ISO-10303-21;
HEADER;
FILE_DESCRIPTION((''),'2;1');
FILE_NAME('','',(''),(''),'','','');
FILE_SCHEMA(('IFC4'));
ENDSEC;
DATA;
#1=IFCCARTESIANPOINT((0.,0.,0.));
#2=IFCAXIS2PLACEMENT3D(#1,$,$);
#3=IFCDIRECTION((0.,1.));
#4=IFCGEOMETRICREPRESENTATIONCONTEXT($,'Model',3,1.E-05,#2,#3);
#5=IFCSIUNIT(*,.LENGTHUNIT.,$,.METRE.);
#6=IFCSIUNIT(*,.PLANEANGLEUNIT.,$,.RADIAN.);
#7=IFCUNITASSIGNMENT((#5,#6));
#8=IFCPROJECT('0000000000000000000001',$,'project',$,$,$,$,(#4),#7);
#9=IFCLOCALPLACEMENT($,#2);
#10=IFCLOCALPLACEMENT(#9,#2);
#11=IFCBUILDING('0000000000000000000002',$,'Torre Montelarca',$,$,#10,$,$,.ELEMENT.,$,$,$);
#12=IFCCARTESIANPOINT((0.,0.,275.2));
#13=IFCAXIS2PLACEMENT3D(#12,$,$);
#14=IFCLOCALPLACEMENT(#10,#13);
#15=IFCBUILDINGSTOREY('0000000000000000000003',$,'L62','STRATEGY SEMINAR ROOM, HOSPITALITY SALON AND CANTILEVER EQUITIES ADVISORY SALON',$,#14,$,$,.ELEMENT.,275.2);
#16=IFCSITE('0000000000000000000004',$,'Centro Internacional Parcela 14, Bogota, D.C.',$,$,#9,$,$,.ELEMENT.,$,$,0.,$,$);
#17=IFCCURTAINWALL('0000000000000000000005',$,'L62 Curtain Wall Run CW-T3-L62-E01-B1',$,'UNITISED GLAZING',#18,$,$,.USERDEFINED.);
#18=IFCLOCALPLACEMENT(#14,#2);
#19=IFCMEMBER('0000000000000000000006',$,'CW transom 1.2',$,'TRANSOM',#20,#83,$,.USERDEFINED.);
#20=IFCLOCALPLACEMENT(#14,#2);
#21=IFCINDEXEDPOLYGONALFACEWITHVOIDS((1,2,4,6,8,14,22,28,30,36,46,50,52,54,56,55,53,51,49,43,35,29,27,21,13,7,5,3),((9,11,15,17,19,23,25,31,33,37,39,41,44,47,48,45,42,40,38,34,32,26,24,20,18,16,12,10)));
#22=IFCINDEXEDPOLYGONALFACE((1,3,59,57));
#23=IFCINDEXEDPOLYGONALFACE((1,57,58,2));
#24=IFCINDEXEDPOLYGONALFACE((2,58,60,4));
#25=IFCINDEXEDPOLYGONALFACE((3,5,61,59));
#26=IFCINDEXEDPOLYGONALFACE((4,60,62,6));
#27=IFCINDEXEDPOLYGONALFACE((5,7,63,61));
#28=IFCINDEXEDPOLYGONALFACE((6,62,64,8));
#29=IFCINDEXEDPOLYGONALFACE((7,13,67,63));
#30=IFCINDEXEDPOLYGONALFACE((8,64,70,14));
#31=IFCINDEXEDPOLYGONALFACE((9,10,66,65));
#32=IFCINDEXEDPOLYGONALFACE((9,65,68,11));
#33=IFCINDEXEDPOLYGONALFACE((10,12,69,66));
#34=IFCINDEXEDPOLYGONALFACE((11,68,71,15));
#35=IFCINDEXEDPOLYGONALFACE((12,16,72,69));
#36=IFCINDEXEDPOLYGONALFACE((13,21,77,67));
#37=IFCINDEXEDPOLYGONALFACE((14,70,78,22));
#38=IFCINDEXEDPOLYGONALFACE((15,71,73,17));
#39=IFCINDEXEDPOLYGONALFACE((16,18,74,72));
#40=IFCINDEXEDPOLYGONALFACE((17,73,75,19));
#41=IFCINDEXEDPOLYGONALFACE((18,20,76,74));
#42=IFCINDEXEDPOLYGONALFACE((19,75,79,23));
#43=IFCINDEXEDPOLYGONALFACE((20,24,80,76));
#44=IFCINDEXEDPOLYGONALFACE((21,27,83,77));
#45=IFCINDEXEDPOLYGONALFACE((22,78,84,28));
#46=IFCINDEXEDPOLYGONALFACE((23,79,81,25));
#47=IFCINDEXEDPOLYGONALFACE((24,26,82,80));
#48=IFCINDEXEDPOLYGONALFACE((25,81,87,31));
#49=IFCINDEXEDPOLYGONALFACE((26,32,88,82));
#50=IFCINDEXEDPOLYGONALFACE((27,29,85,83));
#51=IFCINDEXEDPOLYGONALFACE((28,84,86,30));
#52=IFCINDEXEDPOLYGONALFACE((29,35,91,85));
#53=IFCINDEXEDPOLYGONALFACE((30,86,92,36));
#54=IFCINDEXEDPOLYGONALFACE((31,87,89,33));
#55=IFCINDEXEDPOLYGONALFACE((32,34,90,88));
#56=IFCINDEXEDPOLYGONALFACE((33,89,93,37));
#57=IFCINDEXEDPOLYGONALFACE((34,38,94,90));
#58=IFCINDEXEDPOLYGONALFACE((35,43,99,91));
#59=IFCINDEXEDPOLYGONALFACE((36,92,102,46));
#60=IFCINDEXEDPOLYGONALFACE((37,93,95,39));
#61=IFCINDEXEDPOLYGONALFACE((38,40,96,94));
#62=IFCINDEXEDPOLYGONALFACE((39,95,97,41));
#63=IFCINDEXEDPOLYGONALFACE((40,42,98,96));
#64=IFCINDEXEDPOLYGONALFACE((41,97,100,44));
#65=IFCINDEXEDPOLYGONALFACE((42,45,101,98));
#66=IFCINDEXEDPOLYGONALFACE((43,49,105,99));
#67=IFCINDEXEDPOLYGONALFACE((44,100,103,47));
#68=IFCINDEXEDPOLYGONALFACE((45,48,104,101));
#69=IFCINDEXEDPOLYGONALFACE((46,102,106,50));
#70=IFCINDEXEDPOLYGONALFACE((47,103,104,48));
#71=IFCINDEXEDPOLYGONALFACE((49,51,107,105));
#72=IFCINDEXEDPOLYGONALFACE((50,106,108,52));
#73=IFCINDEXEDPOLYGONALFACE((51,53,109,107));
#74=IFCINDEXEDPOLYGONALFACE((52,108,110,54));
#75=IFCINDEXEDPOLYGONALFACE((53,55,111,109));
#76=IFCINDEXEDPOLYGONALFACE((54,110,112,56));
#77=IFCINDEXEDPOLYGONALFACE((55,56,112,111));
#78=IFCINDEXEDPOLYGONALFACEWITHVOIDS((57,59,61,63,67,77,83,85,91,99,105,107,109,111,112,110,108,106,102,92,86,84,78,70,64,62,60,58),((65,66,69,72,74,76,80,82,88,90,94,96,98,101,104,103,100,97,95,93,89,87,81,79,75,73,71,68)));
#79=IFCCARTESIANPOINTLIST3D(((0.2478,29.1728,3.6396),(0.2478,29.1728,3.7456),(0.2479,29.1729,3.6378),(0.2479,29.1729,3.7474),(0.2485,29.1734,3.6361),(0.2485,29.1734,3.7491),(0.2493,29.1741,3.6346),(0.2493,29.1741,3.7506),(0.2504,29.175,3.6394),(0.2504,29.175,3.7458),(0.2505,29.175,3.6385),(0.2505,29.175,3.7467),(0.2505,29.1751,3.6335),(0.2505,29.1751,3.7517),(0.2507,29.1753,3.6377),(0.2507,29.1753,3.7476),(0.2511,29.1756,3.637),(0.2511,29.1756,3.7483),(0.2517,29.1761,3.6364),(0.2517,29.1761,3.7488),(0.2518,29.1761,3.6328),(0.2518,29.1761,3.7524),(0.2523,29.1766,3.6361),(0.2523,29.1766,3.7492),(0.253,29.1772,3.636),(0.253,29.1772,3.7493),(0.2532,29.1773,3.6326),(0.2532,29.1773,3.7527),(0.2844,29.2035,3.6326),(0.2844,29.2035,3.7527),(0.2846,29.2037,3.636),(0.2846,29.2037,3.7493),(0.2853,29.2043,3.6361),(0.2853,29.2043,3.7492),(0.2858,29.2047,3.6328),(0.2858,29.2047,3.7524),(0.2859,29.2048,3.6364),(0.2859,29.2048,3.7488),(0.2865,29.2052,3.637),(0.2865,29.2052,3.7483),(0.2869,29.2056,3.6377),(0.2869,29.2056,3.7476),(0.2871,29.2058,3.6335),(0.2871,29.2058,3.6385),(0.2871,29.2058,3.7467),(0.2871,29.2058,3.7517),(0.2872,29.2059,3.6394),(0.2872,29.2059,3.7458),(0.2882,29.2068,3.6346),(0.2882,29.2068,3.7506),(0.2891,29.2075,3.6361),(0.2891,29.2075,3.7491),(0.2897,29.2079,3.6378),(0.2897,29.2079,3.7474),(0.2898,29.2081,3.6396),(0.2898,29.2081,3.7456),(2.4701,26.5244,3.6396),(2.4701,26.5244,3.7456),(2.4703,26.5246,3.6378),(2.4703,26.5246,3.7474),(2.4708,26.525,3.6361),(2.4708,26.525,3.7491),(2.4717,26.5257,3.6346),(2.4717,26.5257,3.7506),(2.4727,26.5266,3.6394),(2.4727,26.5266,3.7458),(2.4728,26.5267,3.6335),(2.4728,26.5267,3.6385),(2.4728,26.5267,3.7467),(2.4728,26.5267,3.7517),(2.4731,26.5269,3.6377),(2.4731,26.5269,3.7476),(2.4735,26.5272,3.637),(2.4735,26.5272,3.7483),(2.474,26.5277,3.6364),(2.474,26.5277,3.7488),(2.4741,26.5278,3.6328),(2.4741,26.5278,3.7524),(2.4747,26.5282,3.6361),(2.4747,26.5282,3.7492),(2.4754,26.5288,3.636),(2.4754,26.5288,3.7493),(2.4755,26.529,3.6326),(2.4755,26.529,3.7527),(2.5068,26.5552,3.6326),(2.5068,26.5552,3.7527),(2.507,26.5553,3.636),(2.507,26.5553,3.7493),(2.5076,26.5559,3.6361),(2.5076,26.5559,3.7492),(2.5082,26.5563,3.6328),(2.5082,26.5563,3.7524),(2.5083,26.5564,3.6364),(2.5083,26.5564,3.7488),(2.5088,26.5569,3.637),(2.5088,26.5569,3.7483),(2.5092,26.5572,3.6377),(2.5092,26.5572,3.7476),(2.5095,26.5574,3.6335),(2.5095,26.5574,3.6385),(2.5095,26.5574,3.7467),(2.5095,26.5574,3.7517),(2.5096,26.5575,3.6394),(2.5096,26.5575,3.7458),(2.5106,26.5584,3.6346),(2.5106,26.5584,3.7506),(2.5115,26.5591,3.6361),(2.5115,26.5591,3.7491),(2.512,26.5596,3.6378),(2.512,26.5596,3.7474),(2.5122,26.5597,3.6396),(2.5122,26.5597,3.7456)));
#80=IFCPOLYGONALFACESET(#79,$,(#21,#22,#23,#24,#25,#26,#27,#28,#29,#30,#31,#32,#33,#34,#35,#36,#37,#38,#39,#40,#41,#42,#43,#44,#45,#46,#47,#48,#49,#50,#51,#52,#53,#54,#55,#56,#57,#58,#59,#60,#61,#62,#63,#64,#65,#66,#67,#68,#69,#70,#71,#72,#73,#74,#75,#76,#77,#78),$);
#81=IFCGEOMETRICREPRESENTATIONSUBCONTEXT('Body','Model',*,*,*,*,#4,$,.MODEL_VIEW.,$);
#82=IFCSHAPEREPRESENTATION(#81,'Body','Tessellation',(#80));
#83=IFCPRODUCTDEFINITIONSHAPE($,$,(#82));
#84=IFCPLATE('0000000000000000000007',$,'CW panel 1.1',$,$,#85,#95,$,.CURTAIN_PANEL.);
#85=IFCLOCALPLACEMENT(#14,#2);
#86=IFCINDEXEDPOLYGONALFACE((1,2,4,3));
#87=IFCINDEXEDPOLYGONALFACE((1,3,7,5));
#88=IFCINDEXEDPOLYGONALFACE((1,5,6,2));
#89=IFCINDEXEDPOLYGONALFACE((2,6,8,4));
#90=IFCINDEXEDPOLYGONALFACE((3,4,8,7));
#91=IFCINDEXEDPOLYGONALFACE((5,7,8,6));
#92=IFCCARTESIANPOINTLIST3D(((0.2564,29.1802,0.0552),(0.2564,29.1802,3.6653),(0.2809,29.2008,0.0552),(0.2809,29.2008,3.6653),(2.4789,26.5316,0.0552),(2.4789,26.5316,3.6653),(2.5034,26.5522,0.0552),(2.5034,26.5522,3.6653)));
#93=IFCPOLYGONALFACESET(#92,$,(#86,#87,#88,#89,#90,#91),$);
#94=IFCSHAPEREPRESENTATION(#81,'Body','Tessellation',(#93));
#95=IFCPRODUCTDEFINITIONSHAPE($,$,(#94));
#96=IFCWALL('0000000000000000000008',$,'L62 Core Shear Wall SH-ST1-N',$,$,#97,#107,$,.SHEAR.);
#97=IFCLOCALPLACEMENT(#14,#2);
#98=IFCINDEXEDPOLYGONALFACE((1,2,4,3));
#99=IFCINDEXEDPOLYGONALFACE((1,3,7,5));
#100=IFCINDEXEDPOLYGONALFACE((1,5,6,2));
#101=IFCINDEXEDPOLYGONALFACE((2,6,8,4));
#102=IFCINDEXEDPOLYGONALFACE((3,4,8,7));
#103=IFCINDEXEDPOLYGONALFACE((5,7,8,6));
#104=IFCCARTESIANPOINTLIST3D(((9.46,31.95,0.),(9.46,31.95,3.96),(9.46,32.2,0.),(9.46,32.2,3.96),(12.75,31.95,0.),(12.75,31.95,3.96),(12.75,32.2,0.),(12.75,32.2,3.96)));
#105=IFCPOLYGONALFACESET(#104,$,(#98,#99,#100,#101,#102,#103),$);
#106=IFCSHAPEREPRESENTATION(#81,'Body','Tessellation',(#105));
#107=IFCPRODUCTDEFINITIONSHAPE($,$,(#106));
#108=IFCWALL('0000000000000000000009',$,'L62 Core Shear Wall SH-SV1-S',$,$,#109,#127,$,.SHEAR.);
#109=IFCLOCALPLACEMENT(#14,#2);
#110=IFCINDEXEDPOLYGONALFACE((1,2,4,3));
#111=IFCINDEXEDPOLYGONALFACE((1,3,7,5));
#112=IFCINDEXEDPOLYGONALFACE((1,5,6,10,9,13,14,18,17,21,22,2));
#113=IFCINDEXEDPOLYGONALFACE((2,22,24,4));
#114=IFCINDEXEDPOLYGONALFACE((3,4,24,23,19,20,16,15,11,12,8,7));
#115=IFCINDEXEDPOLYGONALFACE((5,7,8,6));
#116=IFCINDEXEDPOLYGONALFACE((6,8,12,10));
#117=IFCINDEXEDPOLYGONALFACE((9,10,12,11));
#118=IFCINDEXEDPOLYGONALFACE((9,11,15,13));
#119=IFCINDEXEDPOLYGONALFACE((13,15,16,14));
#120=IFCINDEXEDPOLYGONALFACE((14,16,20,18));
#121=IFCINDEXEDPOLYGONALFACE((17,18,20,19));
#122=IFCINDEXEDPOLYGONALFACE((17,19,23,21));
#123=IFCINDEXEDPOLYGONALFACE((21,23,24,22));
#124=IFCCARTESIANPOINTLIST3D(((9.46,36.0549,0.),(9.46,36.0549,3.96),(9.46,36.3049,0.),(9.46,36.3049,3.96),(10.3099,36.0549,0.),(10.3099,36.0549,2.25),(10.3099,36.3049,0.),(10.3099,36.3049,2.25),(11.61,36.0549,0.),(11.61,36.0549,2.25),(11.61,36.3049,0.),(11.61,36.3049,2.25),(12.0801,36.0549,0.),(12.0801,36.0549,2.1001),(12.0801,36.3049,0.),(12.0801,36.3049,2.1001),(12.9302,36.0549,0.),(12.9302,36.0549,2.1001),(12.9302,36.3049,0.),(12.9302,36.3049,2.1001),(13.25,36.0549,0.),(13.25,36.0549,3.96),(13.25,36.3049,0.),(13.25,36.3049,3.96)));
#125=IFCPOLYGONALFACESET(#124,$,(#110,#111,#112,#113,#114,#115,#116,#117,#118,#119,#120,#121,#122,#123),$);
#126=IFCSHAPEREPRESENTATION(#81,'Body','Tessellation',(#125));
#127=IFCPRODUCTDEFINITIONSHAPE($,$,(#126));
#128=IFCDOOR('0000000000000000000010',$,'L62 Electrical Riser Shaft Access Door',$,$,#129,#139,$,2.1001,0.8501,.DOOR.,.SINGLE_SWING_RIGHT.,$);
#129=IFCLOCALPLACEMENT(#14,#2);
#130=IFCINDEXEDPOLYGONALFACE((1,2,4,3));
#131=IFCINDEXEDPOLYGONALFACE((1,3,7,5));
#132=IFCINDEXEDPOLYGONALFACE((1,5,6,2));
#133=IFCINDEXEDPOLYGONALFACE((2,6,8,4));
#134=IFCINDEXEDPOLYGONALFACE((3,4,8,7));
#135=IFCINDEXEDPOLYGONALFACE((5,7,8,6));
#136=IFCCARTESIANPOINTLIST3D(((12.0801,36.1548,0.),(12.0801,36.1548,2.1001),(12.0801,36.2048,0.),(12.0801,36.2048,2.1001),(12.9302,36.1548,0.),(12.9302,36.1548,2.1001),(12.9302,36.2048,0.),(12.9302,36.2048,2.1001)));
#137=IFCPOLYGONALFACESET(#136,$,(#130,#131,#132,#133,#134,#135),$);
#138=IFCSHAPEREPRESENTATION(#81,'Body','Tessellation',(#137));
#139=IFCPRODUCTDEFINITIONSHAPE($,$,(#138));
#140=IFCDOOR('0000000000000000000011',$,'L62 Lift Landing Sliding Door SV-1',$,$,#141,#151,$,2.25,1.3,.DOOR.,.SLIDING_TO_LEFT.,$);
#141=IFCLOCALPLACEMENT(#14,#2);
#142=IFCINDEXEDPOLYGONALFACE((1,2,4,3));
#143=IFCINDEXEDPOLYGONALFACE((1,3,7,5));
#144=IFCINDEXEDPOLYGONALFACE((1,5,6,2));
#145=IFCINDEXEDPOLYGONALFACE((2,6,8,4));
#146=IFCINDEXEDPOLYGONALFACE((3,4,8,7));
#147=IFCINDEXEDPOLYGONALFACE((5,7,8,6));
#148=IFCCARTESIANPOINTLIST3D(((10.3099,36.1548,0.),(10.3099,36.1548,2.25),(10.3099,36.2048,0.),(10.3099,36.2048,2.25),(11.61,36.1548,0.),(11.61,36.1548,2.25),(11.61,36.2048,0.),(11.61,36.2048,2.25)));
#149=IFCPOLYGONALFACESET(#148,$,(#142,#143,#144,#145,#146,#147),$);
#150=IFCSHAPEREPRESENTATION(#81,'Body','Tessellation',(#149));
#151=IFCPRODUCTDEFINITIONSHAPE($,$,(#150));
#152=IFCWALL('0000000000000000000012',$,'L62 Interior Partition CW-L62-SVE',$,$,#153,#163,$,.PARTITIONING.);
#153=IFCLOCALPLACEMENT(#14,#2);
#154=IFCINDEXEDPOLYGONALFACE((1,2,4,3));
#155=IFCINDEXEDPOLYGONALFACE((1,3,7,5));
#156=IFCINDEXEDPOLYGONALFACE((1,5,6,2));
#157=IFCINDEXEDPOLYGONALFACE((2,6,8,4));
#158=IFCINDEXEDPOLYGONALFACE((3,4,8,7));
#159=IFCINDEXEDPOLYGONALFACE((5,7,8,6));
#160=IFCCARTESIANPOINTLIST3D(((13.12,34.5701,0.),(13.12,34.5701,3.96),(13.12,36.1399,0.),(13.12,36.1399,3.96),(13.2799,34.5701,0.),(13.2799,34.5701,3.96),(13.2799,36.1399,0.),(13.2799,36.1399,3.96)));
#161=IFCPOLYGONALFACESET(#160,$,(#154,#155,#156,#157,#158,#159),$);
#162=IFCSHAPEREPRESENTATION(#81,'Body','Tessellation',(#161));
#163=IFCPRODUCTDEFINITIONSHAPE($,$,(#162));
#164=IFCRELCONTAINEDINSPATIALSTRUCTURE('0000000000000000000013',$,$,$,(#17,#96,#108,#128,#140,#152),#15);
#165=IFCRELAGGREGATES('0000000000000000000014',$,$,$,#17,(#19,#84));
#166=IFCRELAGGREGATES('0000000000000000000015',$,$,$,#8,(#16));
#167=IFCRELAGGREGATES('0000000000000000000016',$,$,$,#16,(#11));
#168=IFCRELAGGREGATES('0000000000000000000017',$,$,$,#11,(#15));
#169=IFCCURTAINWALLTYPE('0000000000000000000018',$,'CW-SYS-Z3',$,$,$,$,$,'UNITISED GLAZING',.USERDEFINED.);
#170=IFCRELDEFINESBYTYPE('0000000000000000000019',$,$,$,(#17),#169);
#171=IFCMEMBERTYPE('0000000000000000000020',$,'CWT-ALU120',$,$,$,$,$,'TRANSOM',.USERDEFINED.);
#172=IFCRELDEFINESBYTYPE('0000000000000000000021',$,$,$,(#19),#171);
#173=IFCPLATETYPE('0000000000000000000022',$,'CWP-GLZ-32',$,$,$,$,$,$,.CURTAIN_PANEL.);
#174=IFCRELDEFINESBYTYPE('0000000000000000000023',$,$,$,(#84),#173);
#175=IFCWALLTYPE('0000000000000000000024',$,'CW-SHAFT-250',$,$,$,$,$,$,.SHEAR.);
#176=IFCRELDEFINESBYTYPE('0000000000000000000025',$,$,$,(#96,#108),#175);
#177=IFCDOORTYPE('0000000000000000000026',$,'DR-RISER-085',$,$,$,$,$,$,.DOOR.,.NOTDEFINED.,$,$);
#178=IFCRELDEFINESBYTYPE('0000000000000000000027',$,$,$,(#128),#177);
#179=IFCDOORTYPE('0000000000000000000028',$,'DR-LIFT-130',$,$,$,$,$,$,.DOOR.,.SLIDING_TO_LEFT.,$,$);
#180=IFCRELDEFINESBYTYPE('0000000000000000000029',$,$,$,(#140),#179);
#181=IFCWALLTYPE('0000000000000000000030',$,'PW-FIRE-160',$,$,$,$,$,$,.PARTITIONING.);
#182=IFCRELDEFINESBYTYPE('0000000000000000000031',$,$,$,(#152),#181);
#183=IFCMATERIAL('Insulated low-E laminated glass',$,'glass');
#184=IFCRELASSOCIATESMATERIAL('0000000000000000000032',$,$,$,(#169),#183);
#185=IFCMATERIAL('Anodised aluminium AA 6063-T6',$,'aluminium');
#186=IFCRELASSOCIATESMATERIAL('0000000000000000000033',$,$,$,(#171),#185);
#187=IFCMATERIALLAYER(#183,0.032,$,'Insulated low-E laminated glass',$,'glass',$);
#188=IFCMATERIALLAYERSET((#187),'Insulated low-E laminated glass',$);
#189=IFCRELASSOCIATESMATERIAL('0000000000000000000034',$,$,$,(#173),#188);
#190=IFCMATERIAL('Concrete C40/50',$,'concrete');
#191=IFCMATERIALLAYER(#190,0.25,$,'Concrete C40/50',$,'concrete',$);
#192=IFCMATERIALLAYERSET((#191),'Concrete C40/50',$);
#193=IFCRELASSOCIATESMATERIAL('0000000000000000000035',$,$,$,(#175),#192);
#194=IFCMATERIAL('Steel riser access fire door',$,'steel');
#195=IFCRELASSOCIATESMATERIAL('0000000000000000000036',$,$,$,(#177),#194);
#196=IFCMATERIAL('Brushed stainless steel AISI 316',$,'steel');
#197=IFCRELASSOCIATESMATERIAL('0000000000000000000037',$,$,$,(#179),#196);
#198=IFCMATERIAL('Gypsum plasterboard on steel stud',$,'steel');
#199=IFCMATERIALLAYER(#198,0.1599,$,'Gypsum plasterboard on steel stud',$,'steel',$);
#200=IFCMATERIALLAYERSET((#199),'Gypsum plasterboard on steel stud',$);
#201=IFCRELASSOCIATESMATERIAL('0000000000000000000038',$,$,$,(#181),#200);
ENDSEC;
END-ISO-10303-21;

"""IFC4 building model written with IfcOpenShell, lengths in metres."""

from ifc_helpers import new_model, si_unit, direction, frame, frame_2d, origin, origin_2d, place, context, subcontext, project, spatial, rectangle, hollow_rectangle, extrude, source, transform, mapped, material, layer, layer_set, material_profile, profile_set, type_object, element, fill, aggregate, save


model = new_model("IFC4")

# Units and contexts
model_context = context("Model", 3, precision=1e-05, world=origin(), true_north=direction((0.0, 1.0)))
body_context = subcontext(model_context, "Body", "Model", "MODEL_VIEW")
ifc_project = project(units=[si_unit("LENGTHUNIT", "METRE"), si_unit("PLANEANGLEUNIT", "RADIAN")], contexts=[model_context])

# Site, building, storey
site_placement = place(None, origin())
site = spatial("IfcSite", under=ifc_project, at=site_placement, Name="Centro Internacional Parcela 14, Bogota, D.C.", CompositionType="ELEMENT", RefElevation=0.0)
building_placement = place(site_placement, origin())
building = spatial("IfcBuilding", under=site, at=building_placement, Name="Torre Montelarca", CompositionType="ELEMENT")
storey_placement = place(building_placement, frame((0.0, 0.0, 275.2)))
storey = spatial("IfcBuildingStorey", under=building, at=storey_placement, Name="L62", Description="STRATEGY SEMINAR ROOM, HOSPITALITY SALON AND CANTILEVER EQUITIES ADVISORY SALON", CompositionType="ELEMENT", Elevation=275.2)

# Curtain wall, member, plate
ifc_material_1 = material(Name="Insulated low-E laminated glass", Category="glass")
curtain_wall_type = type_object("IfcCurtainWallType", Name="CW-SYS-Z3", ElementType="UNITISED GLAZING", PredefinedType="USERDEFINED", material=ifc_material_1)
curtain_wall_placement = place(storey_placement, origin())
curtain_wall = element("IfcCurtainWall", 1, at=curtain_wall_placement, inside=storey, type_object=curtain_wall_type, Name="L62 Curtain Wall Run CW-T3-L62-E01-B1", ObjectType="UNITISED GLAZING", PredefinedType="USERDEFINED")
ifc_material_2 = material(Name="Anodised aluminium AA 6063-T6", Category="aluminium")
ifc_material_profile_1 = material_profile(ifc_material_2, hollow_rectangle(XDim=0.0549, YDim=0.1201, WallThickness=0.0034, InnerFilletRadius=0.0034, OuterFilletRadius=0.0071, at=origin_2d()), Name="ALU55X120X3.5", Category="aluminium")
ifc_profile_set_1 = profile_set([ifc_material_profile_1], Name="Anodised aluminium AA 6063-T6")
member_type = type_object("IfcMemberType", Name="CWT-ALU120", ElementType="TRANSOM", PredefinedType="USERDEFINED", material=ifc_profile_set_1)
shared_shape_1 = source(origin(), body_context, "Body", "SweptSolid", [
    extrude(hollow_rectangle(XDim=0.0549, YDim=0.1201, WallThickness=0.0034, InnerFilletRadius=0.0034, OuterFilletRadius=0.0071, at=origin_2d()), origin(), (0.0, 0.0, 1.0), 3.4573),
])
member_placement = place(storey_placement, frame((0.2688, 29.1904, 3.6926), z_axis=(0.642806, -0.766029, 0.0), x_axis=(0.766029, 0.642806, 0.0)))
member = element("IfcMember", 2, at=member_placement, type_object=member_type, Name="CW transom 1.2", ObjectType="TRANSOM", PredefinedType="USERDEFINED", context=body_context, shape_type="MappedRepresentation", body=[
    mapped(shared_shape_1, transform((0.0, 0.0, 0.0), scale=1.0)),
])
ifc_layer_1 = layer(ifc_material_1, 0.032, Name="Insulated low-E laminated glass", Category="glass")
ifc_layer_set_1 = layer_set([ifc_layer_1], Name="Insulated low-E laminated glass")
plate_type = type_object("IfcPlateType", Name="CWP-GLZ-32", PredefinedType="CURTAIN_PANEL", material=ifc_layer_set_1)
shared_shape_2 = source(origin(), body_context, "Body", "SweptSolid", [
    extrude(rectangle(XDim=3.4575, YDim=0.032, at=origin_2d()), origin(), (0.0, 0.0, 1.0), 3.6101),
])
plate_placement = place(storey_placement, frame((1.3799, 27.8662, 0.0552), z_axis=(0.0, 0.0, 1.0), x_axis=(0.642791, -0.766041, 0.0)))
plate = element("IfcPlate", 3, at=plate_placement, type_object=plate_type, Name="CW panel 1.1", PredefinedType="CURTAIN_PANEL", context=body_context, shape_type="MappedRepresentation", body=[
    mapped(shared_shape_2, transform((0.0, 0.0, 0.0), scale=1.0)),
])
aggregate(curtain_wall, [member, plate])

# Wall
ifc_material_3 = material(Name="Concrete C40/50", Category="concrete")
ifc_layer_2 = layer(ifc_material_3, 0.25, Name="Concrete C40/50", Category="concrete")
ifc_layer_set_2 = layer_set([ifc_layer_2], Name="Concrete C40/50")
wall_type_1 = type_object("IfcWallType", Name="CW-SHAFT-250", PredefinedType="SHEAR", material=ifc_layer_set_2)
wall_1_placement = place(storey_placement, frame((9.46, 32.075, 0.0), z_axis=(0.0, 0.0, 1.0), x_axis=(1.0, 0.0, 0.0)))
element("IfcWall", 4, at=wall_1_placement, inside=storey, type_object=wall_type_1, Name="L62 Core Shear Wall SH-ST1-N", PredefinedType="SHEAR", context=body_context, shape_type="SweptSolid", body=[
    extrude(rectangle(XDim=3.29, YDim=0.25, at=frame_2d((1.645, 0.0))), origin(), (0.0, 0.0, 1.0), 3.96),
])

# Wall, openings, doors
wall_2_placement = place(storey_placement, frame((9.46, 36.1799, 0.0), z_axis=(0.0, 0.0, 1.0), x_axis=(1.0, 0.0, 0.0)))
wall_2 = element("IfcWall", 5, at=wall_2_placement, inside=storey, type_object=wall_type_1, Name="L62 Core Shear Wall SH-SV1-S", PredefinedType="SHEAR", context=body_context, shape_type="SweptSolid", body=[
    extrude(rectangle(XDim=3.79, YDim=0.25, at=frame_2d((1.895, 0.0))), origin(), (0.0, 0.0, 1.0), 3.96),
])
opening_1_placement = place(wall_2_placement, frame((2.6201, 0.0, 0.0)))
opening_1 = element("IfcOpeningElement", 6, at=opening_1_placement, cuts=wall_2, PredefinedType="OPENING", context=body_context, shape_type="SweptSolid", body=[
    extrude(rectangle(XDim=0.8501, YDim=2.1001, at=frame_2d((0.425, 1.05))), frame((0.0, 0.135, 0.0), z_axis=(0.0, -1.0, 0.0), x_axis=(1.0, 0.0, 0.0)), (0.0, 0.0, 1.0), 0.27),
])
opening_2_placement = place(wall_2_placement, frame((0.8501, 0.0, 0.0)))
opening_2 = element("IfcOpeningElement", 7, at=opening_2_placement, cuts=wall_2, PredefinedType="OPENING", context=body_context, shape_type="SweptSolid", body=[
    extrude(rectangle(XDim=1.3, YDim=2.25, at=frame_2d((0.6499, 1.125))), frame((0.0, 0.135, 0.0), z_axis=(0.0, -1.0, 0.0), x_axis=(1.0, 0.0, 0.0)), (0.0, 0.0, 1.0), 0.27),
])
ifc_material_4 = material(Name="Steel riser access fire door", Category="steel")
door_type_1 = type_object("IfcDoorType", Name="DR-RISER-085", OperationType="NOTDEFINED", PredefinedType="DOOR", material=ifc_material_4)
shared_shape_3 = source(origin(), body_context, "Body", "SweptSolid", [
    extrude(rectangle(XDim=0.8501, YDim=2.1001, at=frame_2d((0.425, 1.05))), frame((0.0, 0.0249, 0.0), z_axis=(0.0, -1.0, 0.0), x_axis=(1.0, 0.0, 0.0)), (0.0, 0.0, 1.0), 0.05),
])
door_1_placement = place(opening_1_placement, origin())
door_1 = element("IfcDoor", 8, at=door_1_placement, inside=storey, type_object=door_type_1, Name="L62 Electrical Riser Shaft Access Door", OperationType="SINGLE_SWING_RIGHT", OverallHeight=2.1001, OverallWidth=0.8501, PredefinedType="DOOR", context=body_context, shape_type="MappedRepresentation", body=[
    mapped(shared_shape_3, transform((0.0, 0.0, 0.0), scale=1.0)),
])
fill(opening_1, door_1)
ifc_material_5 = material(Name="Brushed stainless steel AISI 316", Category="steel")
door_type_2 = type_object("IfcDoorType", Name="DR-LIFT-130", OperationType="SLIDING_TO_LEFT", PredefinedType="DOOR", material=ifc_material_5)
shared_shape_4 = source(origin(), body_context, "Body", "SweptSolid", [
    extrude(rectangle(XDim=1.3, YDim=2.25, at=frame_2d((0.6499, 1.125))), frame((0.0, 0.0249, 0.0), z_axis=(0.0, -1.0, 0.0), x_axis=(1.0, 0.0, 0.0)), (0.0, 0.0, 1.0), 0.05),
])
door_2_placement = place(opening_2_placement, origin())
door_2 = element("IfcDoor", 9, at=door_2_placement, inside=storey, type_object=door_type_2, Name="L62 Lift Landing Sliding Door SV-1", OperationType="SLIDING_TO_LEFT", OverallHeight=2.25, OverallWidth=1.3, PredefinedType="DOOR", context=body_context, shape_type="MappedRepresentation", body=[
    mapped(shared_shape_4, transform((0.0, 0.0, 0.0), scale=1.0)),
])
fill(opening_2, door_2)

# Shared definitions
ifc_material_6 = material(Name="Gypsum plasterboard on steel stud", Category="steel")
ifc_layer_3 = layer(ifc_material_6, 0.1599, Name="Gypsum plasterboard on steel stud", Category="steel")
ifc_layer_set_3 = layer_set([ifc_layer_3], Name="Gypsum plasterboard on steel stud")
wall_type_2 = type_object("IfcWallType", Name="PW-FIRE-160", PredefinedType="PARTITIONING", material=ifc_layer_set_3)

# Wall
wall_3_placement = place(storey_placement, frame((13.2, 34.5701, 0.0), z_axis=(0.0, 0.0, 1.0), x_axis=(0.0, 1.0, 0.0)))
element("IfcWall", 10, at=wall_3_placement, inside=storey, type_object=wall_type_2, Name="L62 Interior Partition CW-L62-SVE", PredefinedType="PARTITIONING", context=body_context, shape_type="SweptSolid", body=[
    extrude(rectangle(XDim=1.5698, YDim=0.1599, at=frame_2d((0.7849, 0.0))), origin(), (0.0, 0.0, 1.0), 3.96),
])

save(model, "model.ifc")
